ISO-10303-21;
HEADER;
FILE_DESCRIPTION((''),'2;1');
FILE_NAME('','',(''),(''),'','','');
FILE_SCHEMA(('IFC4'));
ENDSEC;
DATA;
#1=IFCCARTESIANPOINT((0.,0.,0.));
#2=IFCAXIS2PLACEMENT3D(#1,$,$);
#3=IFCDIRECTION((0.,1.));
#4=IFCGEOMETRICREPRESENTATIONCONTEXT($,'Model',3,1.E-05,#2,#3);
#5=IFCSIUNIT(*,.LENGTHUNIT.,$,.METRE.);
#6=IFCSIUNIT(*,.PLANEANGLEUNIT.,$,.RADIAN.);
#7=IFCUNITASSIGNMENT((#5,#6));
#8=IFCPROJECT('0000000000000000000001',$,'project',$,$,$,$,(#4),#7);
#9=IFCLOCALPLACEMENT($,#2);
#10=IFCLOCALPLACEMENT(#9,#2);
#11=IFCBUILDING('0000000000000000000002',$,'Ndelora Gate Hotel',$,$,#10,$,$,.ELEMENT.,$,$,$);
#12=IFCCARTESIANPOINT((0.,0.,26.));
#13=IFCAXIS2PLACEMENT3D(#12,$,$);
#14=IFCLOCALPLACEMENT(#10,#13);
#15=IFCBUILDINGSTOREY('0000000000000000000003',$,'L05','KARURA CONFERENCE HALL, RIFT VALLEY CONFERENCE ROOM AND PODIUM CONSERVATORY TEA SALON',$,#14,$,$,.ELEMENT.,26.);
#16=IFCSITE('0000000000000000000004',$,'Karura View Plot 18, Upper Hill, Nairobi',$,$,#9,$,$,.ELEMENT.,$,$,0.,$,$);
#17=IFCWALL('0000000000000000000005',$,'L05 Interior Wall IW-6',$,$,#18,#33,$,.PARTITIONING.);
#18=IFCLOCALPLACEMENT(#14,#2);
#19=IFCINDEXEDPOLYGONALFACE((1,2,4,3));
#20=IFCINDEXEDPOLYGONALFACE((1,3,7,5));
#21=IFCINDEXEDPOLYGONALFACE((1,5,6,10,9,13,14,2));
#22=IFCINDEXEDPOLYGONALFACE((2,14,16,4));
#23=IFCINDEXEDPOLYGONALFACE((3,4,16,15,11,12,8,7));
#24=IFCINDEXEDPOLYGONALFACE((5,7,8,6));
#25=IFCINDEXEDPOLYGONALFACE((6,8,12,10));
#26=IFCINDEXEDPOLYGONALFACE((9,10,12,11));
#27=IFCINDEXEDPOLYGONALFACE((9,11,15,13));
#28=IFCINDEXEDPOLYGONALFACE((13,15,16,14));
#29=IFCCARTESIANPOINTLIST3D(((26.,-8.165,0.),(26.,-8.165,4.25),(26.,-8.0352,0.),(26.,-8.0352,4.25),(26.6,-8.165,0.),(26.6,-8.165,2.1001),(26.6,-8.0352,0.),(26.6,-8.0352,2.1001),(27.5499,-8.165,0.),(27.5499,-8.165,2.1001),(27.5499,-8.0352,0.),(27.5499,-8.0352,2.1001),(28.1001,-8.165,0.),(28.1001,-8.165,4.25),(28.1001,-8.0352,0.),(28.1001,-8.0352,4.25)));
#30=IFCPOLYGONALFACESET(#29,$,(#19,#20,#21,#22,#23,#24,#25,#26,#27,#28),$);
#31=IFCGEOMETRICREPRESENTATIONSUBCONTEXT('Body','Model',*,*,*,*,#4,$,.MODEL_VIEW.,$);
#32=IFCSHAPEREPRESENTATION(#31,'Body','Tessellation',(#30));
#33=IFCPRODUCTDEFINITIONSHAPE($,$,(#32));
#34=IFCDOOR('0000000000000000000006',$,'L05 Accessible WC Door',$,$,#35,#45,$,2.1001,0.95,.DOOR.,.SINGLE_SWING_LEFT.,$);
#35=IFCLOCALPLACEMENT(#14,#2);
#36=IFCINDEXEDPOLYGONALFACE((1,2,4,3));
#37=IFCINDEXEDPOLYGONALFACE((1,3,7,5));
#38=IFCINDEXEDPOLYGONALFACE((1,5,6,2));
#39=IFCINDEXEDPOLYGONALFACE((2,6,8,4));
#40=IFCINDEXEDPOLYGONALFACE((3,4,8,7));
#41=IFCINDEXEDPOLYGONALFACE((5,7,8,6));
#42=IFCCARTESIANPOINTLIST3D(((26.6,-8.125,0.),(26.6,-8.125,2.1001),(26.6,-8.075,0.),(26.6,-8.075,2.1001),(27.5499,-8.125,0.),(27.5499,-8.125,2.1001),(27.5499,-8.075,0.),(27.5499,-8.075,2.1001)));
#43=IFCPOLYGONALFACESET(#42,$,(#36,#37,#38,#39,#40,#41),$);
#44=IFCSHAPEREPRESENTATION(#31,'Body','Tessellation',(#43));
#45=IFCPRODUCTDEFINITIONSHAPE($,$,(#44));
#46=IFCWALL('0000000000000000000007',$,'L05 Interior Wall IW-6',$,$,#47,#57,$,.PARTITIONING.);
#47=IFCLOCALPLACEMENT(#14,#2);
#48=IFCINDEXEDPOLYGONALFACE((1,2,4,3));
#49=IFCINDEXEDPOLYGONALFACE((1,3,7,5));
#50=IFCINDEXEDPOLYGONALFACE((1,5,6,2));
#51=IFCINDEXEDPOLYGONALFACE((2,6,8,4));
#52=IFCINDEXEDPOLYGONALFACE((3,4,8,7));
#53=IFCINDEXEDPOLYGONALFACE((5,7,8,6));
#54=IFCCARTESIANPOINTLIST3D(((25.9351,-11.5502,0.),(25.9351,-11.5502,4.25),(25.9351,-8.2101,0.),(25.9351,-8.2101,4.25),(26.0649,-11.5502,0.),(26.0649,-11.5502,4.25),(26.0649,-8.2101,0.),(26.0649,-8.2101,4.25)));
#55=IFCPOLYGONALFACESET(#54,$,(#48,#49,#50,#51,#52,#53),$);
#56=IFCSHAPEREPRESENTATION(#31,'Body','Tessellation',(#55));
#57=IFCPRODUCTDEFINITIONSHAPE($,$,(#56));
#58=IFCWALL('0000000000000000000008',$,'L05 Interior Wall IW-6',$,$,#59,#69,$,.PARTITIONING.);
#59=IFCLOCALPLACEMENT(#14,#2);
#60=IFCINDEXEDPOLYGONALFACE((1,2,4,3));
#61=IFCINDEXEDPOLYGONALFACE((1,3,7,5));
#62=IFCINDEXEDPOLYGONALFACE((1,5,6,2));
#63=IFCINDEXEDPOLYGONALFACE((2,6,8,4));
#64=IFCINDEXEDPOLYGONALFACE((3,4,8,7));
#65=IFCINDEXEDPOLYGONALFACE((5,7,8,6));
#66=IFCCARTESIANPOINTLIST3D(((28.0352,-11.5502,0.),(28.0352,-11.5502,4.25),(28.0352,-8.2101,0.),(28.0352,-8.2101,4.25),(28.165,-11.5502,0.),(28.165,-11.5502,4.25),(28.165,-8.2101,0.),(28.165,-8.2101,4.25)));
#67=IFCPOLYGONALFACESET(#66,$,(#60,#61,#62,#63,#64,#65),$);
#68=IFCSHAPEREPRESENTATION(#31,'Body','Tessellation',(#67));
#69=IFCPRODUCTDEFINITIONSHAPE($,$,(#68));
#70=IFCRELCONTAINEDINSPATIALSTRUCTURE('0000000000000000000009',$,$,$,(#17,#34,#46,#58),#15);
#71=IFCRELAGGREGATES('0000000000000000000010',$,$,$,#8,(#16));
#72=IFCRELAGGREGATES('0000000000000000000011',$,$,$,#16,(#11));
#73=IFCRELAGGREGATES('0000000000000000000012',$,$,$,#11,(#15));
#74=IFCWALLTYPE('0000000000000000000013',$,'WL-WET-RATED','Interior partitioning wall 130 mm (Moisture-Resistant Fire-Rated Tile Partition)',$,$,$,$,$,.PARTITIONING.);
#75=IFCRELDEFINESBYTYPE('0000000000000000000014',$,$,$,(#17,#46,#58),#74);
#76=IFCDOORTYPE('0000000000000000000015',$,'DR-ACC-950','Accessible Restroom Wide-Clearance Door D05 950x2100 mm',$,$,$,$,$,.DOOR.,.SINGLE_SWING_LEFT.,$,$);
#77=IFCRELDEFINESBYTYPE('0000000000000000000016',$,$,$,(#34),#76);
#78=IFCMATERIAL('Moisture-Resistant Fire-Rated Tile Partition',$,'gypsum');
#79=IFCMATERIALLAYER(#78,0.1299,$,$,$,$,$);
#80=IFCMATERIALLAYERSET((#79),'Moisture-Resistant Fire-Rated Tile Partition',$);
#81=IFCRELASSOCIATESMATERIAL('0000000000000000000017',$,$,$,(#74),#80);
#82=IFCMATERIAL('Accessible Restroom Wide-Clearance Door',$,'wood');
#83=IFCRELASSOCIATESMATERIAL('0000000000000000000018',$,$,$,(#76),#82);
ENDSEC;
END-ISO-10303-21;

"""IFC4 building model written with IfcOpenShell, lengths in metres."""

from ifc_helpers import new_model, si_unit, direction, frame, frame_2d, origin, place, context, subcontext, project, spatial, rectangle, extrude, material, layer, layer_set, type_object, element, fill, save


model = new_model("IFC4")

# Units and contexts
model_context = context("Model", 3, precision=1e-05, world=origin(), true_north=direction((0.0, 1.0)))
body_context = subcontext(model_context, "Body", "Model", "MODEL_VIEW")
ifc_project = project(units=[si_unit("LENGTHUNIT", "METRE"), si_unit("PLANEANGLEUNIT", "RADIAN")], contexts=[model_context])

# Site, building, storey
site_placement = place(None, origin())
site = spatial("IfcSite", under=ifc_project, at=site_placement, Name="Karura View Plot 18, Upper Hill, Nairobi", CompositionType="ELEMENT", RefElevation=0.0)
building_placement = place(site_placement, origin())
building = spatial("IfcBuilding", under=site, at=building_placement, Name="Ndelora Gate Hotel", CompositionType="ELEMENT")
storey_placement = place(building_placement, frame((0.0, 0.0, 26.0)))
storey = spatial("IfcBuildingStorey", under=building, at=storey_placement, Name="L05", Description="KARURA CONFERENCE HALL, RIFT VALLEY CONFERENCE ROOM AND PODIUM CONSERVATORY TEA SALON", CompositionType="ELEMENT", Elevation=26.0)

# Wall, opening, door
ifc_material_1 = material(Name="Moisture-Resistant Fire-Rated Tile Partition", Category="gypsum")
ifc_layer_1 = layer(ifc_material_1, 0.1299)
ifc_layer_set_1 = layer_set([ifc_layer_1], Name="Moisture-Resistant Fire-Rated Tile Partition")
wall_type_1 = type_object("IfcWallType", Name="WL-WET-RATED", Description="Interior partitioning wall 130 mm (Moisture-Resistant Fire-Rated Tile Partition)", PredefinedType="PARTITIONING", material=ifc_layer_set_1)
ifc_material_2 = material(Name="Accessible Restroom Wide-Clearance Door", Category="wood")
door_type = type_object("IfcDoorType", Name="DR-ACC-950", Description="Accessible Restroom Wide-Clearance Door D05 950x2100 mm", OperationType="SINGLE_SWING_LEFT", PredefinedType="DOOR", material=ifc_material_2)
wall_1_placement = place(storey_placement, frame((28.1001, -8.1001, 0.0), z_axis=(0.0, 0.0, 1.0), x_axis=(-1.0, 0.0, 0.0)))
wall_1 = element("IfcWall", 1, at=wall_1_placement, inside=storey, type_object=wall_type_1, Name="L05 Interior Wall IW-6", PredefinedType="PARTITIONING", context=body_context, shape_type="SweptSolid", body=[
    extrude(rectangle(XDim=2.1001, YDim=0.1299, at=frame_2d((1.05, 0.0))), origin(), (0.0, 0.0, 1.0), 4.25),
])
opening_1_placement = place(wall_1_placement, frame((0.55, 0.0, 0.0)))
opening_1 = element("IfcOpeningElement", 2, at=opening_1_placement, cuts=wall_1, PredefinedType="OPENING", context=body_context, shape_type="SweptSolid", body=[
    extrude(rectangle(XDim=0.95, YDim=2.1001, at=frame_2d((0.4751, 1.05))), frame((0.0, 0.075, 0.0), z_axis=(0.0, -1.0, 0.0), x_axis=(1.0, 0.0, 0.0)), (0.0, 0.0, 1.0), 0.1499),
])
door_1_placement = place(opening_1_placement, origin())
door_1 = element("IfcDoor", 3, at=door_1_placement, inside=storey, type_object=door_type, Name="L05 Accessible WC Door", OperationType="SINGLE_SWING_LEFT", OverallHeight=2.1001, OverallWidth=0.95, PredefinedType="DOOR", context=body_context, shape_type="SweptSolid", body=[
    extrude(rectangle(XDim=0.95, YDim=2.1001, at=frame_2d((0.4751, 1.05))), frame((0.0, 0.0249, 0.0), z_axis=(0.0, -1.0, 0.0), x_axis=(1.0, 0.0, 0.0)), (0.0, 0.0, 1.0), 0.05),
])
fill(opening_1, door_1)

# Walls
for number, where, z_axis, x_axis, name in (
    (4, (26.0, -11.55, 0.0), (0.0, 0.0, 1.0), (0.0, 1.0, 0.0), "L05 Interior Wall IW-6"),
    (5, (28.1001, -11.55, 0.0), (0.0, 0.0, 1.0), (0.0, 1.0, 0.0), "L05 Interior Wall IW-6"),
):
    element("IfcWall", number, at=place(storey_placement, frame(where, z_axis=z_axis, x_axis=x_axis)), inside=storey, type_object=wall_type_1, Name=name, PredefinedType="PARTITIONING", context=body_context, shape_type="SweptSolid", body=[
        extrude(rectangle(XDim=3.3401, YDim=0.1299, at=frame_2d((1.6699, 0.0))), origin(), (0.0, 0.0, 1.0), 4.25),
    ])

save(model, "model.ifc")
